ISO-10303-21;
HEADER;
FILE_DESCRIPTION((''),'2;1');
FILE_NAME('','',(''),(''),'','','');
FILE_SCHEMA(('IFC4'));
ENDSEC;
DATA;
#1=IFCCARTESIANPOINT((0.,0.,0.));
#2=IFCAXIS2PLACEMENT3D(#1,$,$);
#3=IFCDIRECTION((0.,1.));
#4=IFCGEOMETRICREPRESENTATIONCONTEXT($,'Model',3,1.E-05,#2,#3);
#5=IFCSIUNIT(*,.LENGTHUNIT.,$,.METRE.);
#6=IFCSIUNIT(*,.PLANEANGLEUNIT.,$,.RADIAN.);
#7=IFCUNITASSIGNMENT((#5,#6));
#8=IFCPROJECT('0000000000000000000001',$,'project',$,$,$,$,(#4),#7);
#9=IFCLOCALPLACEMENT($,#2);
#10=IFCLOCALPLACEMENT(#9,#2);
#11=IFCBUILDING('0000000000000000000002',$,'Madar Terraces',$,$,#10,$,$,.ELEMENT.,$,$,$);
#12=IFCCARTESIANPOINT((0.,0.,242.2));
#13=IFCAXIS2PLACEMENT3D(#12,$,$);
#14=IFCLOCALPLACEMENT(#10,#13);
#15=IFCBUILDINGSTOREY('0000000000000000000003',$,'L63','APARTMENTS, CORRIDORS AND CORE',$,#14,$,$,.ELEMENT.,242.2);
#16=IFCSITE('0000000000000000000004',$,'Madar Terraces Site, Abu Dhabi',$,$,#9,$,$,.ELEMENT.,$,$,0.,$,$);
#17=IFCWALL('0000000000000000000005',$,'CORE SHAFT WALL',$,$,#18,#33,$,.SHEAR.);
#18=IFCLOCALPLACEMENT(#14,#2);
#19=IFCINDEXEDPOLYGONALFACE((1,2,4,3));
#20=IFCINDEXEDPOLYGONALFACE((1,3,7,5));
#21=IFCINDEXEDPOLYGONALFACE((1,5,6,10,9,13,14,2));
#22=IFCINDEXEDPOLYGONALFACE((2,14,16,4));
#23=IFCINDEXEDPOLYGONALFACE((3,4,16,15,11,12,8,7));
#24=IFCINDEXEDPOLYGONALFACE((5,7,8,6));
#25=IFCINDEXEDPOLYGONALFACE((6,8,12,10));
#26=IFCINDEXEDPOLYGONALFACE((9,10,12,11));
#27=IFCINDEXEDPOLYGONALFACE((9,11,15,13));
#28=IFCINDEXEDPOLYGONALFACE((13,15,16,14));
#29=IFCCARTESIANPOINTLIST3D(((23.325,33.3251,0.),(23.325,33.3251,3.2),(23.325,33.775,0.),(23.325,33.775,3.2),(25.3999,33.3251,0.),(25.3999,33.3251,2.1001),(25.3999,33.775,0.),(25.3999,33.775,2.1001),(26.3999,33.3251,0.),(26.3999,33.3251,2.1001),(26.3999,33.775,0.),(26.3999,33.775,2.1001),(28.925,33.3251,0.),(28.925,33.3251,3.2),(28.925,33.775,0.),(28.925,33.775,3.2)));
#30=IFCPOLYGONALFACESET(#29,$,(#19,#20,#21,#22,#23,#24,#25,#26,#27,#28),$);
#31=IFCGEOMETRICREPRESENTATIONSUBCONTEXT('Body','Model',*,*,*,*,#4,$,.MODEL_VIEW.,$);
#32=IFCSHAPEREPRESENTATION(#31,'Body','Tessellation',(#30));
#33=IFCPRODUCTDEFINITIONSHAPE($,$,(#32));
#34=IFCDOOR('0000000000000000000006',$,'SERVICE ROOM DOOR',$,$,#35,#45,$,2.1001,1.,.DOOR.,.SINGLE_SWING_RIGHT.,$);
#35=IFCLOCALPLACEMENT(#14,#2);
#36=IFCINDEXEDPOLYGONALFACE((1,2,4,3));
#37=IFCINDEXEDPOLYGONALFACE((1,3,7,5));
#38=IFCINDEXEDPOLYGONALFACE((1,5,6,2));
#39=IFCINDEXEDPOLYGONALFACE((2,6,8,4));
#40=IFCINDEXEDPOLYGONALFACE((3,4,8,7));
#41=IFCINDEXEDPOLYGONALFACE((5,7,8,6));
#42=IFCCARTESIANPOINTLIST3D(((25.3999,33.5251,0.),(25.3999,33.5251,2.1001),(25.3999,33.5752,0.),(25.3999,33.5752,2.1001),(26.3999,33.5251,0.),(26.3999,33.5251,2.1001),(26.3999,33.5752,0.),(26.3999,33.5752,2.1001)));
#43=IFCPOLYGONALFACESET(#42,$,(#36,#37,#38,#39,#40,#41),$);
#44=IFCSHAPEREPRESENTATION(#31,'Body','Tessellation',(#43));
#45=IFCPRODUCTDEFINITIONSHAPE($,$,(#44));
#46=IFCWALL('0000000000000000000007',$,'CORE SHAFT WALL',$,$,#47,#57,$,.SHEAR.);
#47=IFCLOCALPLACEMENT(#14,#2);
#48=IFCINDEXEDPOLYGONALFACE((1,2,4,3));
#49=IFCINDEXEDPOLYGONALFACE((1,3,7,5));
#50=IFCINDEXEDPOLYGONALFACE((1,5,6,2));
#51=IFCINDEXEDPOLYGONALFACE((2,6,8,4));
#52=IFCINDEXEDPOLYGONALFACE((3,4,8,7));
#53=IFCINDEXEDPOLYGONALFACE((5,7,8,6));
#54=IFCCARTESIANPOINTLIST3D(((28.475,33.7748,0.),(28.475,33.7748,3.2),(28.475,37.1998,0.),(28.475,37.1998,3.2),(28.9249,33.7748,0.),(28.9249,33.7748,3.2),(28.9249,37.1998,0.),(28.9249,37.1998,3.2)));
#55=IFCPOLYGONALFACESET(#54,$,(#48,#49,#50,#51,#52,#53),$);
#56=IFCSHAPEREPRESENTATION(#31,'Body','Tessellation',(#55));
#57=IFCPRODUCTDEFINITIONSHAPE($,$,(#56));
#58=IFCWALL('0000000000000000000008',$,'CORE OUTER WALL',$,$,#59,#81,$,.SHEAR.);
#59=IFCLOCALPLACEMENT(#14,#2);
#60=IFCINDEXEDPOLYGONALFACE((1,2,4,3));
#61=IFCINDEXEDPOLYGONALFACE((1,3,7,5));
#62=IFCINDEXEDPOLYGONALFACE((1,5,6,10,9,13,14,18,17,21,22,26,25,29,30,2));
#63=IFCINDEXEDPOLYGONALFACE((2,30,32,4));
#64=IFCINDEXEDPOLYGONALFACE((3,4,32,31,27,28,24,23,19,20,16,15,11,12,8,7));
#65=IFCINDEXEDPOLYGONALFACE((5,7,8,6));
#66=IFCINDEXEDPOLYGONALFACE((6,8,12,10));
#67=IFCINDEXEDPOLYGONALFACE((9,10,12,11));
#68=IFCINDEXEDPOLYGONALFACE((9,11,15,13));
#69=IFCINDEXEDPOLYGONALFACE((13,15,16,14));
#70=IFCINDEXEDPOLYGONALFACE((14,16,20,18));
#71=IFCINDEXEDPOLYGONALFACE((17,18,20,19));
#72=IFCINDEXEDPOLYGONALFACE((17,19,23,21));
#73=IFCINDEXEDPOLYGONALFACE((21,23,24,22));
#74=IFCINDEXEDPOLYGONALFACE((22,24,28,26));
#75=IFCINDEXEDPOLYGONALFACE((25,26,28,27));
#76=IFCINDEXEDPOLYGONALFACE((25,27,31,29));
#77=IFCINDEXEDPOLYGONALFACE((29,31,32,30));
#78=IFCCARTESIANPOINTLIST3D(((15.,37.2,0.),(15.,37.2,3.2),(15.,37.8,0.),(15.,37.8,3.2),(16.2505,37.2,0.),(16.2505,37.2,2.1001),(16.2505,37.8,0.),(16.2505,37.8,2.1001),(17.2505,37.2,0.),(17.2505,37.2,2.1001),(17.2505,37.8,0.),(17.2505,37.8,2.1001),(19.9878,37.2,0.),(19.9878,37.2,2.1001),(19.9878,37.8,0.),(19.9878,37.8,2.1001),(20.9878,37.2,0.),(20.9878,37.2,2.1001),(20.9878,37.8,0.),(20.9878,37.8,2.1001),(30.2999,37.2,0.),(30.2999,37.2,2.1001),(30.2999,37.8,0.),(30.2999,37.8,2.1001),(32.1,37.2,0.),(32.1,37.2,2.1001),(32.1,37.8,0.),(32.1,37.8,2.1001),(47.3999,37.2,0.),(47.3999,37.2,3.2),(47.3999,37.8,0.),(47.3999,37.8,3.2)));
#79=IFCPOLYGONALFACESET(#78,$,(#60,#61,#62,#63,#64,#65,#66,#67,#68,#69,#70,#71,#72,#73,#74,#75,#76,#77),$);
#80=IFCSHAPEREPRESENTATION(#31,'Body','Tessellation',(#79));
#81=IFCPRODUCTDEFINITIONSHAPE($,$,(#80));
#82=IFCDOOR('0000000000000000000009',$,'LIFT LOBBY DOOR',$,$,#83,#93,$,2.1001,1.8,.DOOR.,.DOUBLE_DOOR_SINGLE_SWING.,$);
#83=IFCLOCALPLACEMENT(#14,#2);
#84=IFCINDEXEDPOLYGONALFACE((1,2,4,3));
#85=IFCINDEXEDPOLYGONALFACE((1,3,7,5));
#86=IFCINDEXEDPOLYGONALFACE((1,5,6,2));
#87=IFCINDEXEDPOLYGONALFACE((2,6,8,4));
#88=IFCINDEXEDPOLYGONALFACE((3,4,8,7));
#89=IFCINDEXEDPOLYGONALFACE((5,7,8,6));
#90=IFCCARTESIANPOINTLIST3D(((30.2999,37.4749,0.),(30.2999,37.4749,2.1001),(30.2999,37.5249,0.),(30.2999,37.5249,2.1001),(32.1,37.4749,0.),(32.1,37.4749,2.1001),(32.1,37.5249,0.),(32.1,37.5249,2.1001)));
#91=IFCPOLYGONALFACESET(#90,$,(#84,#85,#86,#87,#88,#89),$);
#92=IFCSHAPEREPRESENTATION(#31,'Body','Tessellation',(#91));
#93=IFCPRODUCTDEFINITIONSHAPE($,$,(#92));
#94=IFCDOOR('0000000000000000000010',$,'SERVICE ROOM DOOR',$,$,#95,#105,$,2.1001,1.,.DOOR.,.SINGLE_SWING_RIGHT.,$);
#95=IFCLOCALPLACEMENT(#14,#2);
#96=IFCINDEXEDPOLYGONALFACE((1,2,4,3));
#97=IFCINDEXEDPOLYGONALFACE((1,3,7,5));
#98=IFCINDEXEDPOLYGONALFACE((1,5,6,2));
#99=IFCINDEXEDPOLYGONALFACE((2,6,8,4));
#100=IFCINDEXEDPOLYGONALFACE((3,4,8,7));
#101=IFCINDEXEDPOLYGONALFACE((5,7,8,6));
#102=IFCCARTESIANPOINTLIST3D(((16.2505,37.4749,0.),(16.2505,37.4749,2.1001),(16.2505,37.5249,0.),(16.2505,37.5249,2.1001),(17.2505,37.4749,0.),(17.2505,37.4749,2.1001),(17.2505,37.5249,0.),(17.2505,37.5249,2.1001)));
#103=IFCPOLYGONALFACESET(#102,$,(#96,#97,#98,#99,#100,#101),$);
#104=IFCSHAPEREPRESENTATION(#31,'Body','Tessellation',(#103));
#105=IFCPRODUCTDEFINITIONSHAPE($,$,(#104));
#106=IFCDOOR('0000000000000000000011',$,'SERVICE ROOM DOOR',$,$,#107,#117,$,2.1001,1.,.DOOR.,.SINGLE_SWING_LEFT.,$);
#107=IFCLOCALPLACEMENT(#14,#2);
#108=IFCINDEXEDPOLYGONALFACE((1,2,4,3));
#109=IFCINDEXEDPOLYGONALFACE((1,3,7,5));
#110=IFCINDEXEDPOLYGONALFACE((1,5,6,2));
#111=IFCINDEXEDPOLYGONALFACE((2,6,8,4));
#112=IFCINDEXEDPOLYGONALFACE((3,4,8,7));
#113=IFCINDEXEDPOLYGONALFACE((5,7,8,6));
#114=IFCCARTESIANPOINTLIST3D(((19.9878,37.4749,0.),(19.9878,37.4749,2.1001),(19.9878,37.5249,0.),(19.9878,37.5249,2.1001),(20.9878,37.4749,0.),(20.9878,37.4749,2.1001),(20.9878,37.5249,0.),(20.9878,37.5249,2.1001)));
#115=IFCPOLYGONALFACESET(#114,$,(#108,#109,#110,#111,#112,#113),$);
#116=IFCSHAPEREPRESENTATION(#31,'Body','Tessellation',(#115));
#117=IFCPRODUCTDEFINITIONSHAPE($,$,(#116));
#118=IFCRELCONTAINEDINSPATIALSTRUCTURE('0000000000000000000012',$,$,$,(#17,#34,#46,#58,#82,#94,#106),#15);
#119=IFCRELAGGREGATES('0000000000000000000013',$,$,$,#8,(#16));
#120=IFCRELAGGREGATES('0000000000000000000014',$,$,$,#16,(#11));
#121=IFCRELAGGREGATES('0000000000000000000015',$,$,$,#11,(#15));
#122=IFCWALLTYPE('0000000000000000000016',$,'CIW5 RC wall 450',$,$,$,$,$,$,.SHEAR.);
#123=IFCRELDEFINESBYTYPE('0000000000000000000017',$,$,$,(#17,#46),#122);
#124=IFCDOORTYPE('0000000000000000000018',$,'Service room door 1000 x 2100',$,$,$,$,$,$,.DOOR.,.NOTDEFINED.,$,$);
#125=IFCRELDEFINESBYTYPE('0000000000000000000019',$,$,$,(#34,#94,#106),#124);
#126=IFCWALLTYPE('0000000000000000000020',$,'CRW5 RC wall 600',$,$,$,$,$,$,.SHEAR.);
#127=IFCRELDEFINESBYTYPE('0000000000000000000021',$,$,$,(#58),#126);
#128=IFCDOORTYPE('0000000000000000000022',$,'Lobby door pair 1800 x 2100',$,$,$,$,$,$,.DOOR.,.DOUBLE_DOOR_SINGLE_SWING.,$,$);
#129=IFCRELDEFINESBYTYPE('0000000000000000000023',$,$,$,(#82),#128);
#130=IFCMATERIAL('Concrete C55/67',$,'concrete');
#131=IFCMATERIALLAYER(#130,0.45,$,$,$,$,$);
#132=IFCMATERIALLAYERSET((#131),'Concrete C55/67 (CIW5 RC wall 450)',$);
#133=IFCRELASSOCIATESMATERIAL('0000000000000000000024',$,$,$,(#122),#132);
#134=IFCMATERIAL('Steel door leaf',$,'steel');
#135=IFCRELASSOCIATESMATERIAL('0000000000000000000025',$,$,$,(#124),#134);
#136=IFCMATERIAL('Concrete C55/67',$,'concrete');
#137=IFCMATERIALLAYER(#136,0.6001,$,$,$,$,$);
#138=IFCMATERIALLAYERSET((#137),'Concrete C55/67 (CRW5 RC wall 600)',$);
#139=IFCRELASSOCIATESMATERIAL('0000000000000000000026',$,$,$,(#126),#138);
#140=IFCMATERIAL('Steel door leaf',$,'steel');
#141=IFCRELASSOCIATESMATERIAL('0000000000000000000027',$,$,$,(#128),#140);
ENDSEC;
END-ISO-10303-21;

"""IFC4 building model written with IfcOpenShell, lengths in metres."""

from ifc_helpers import new_model, si_unit, direction, frame, frame_2d, origin, place, context, subcontext, project, spatial, rectangle, extrude, material, layer, layer_set, type_object, element, fill, save


model = new_model("IFC4")

# Units and contexts
model_context = context("Model", 3, precision=1e-05, world=origin(), true_north=direction((0.0, 1.0)))
body_context = subcontext(model_context, "Body", "Model", "MODEL_VIEW")
ifc_project = project(units=[si_unit("LENGTHUNIT", "METRE"), si_unit("PLANEANGLEUNIT", "RADIAN")], contexts=[model_context])

# Site, building, storey
site_placement = place(None, origin())
site = spatial("IfcSite", under=ifc_project, at=site_placement, Name="Madar Terraces Site, Abu Dhabi", CompositionType="ELEMENT", RefElevation=0.0)
building_placement = place(site_placement, origin())
building = spatial("IfcBuilding", under=site, at=building_placement, Name="Madar Terraces", CompositionType="ELEMENT")
storey_placement = place(building_placement, frame((0.0, 0.0, 242.2)))
storey = spatial("IfcBuildingStorey", under=building, at=storey_placement, Name="L63", Description="APARTMENTS, CORRIDORS AND CORE", CompositionType="ELEMENT", Elevation=242.2)

# Wall, opening, door
ifc_material_1 = material(Name="Concrete C55/67", Category="concrete")
ifc_layer_1 = layer(ifc_material_1, 0.45)
ifc_layer_set_1 = layer_set([ifc_layer_1], Name="Concrete C55/67 (CIW5 RC wall 450)")
wall_type_1 = type_object("IfcWallType", Name="CIW5 RC wall 450", PredefinedType="SHEAR", material=ifc_layer_set_1)
wall_1_placement = place(storey_placement, frame((23.325, 33.55, 0.0), z_axis=(0.0, 0.0, 1.0), x_axis=(1.0, 0.0, 0.0)))
wall_1 = element("IfcWall", 1, at=wall_1_placement, inside=storey, type_object=wall_type_1, Name="CORE SHAFT WALL", PredefinedType="SHEAR", context=body_context, shape_type="SweptSolid", body=[
    extrude(rectangle(XDim=5.6001, YDim=0.45, at=frame_2d((2.8, 0.0))), origin(), (0.0, 0.0, 1.0), 3.2),
])
opening_1_placement = place(wall_1_placement, frame((2.075, 0.0, 0.0)))
opening_1 = element("IfcOpeningElement", 2, at=opening_1_placement, cuts=wall_1, PredefinedType="OPENING", context=body_context, shape_type="SweptSolid", body=[
    extrude(rectangle(XDim=1.0, YDim=2.1001, at=frame_2d((0.5, 1.05))), frame((0.0, 0.2349, 0.0), z_axis=(0.0, -1.0, 0.0), x_axis=(1.0, 0.0, 0.0)), (0.0, 0.0, 1.0), 0.47),
])
ifc_material_2 = material(Name="Steel door leaf", Category="steel")
door_type_1 = type_object("IfcDoorType", Name="Service room door 1000 x 2100", OperationType="NOTDEFINED", PredefinedType="DOOR", material=ifc_material_2)
door_1_placement = place(opening_1_placement, frame((1.0, 0.0, 0.0), z_axis=(0.0, 0.0, 1.0), x_axis=(-1.0, 0.0, 0.0)))
door_1 = element("IfcDoor", 3, at=door_1_placement, inside=storey, type_object=door_type_1, Name="SERVICE ROOM DOOR", OperationType="SINGLE_SWING_RIGHT", OverallHeight=2.1001, OverallWidth=1.0, PredefinedType="DOOR", context=body_context, shape_type="SweptSolid", body=[
    extrude(rectangle(XDim=1.0, YDim=2.1001, at=frame_2d((0.5, 1.05))), frame((0.0, 0.0249, 0.0), z_axis=(0.0, -1.0, 0.0), x_axis=(1.0, 0.0, 0.0)), (0.0, 0.0, 1.0), 0.05),
])
fill(opening_1, door_1)

# Wall
wall_2_placement = place(storey_placement, frame((28.7, 33.7749, 0.0), z_axis=(0.0, 0.0, 1.0), x_axis=(0.0, 1.0, 0.0)))
element("IfcWall", 4, at=wall_2_placement, inside=storey, type_object=wall_type_1, Name="CORE SHAFT WALL", PredefinedType="SHEAR", context=body_context, shape_type="SweptSolid", body=[
    extrude(rectangle(XDim=3.425, YDim=0.45, at=frame_2d((1.7124, 0.0))), origin(), (0.0, 0.0, 1.0), 3.2),
])

# Wall, openings, doors
ifc_material_3 = material(Name="Concrete C55/67", Category="concrete")
ifc_layer_2 = layer(ifc_material_3, 0.6001)
ifc_layer_set_2 = layer_set([ifc_layer_2], Name="Concrete C55/67 (CRW5 RC wall 600)")
wall_type_2 = type_object("IfcWallType", Name="CRW5 RC wall 600", PredefinedType="SHEAR", material=ifc_layer_set_2)
wall_3_placement = place(storey_placement, frame((15.0, 37.5, 0.0), z_axis=(0.0, 0.0, 1.0), x_axis=(1.0, 0.0, 0.0)))
wall_3 = element("IfcWall", 5, at=wall_3_placement, inside=storey, type_object=wall_type_2, Name="CORE OUTER WALL", PredefinedType="SHEAR", context=body_context, shape_type="SweptSolid", body=[
    extrude(rectangle(XDim=32.3999, YDim=0.6001, at=frame_2d((16.2, 0.0))), origin(), (0.0, 0.0, 1.0), 3.2),
])
opening_2_placement = place(wall_3_placement, frame((15.3, 0.0, 0.0)))
opening_2 = element("IfcOpeningElement", 6, at=opening_2_placement, cuts=wall_3, PredefinedType="OPENING", context=body_context, shape_type="SweptSolid", body=[
    extrude(rectangle(XDim=1.8, YDim=2.1001, at=frame_2d((0.8999, 1.05))), frame((0.0, 0.3101, 0.0), z_axis=(0.0, -1.0, 0.0), x_axis=(1.0, 0.0, 0.0)), (0.0, 0.0, 1.0), 0.6201),
])
opening_3_placement = place(wall_3_placement, frame((1.2505, 0.0, 0.0)))
opening_3 = element("IfcOpeningElement", 7, at=opening_3_placement, cuts=wall_3, PredefinedType="OPENING", context=body_context, shape_type="SweptSolid", body=[
    extrude(rectangle(XDim=1.0, YDim=2.1001, at=frame_2d((0.5, 1.05))), frame((0.0, 0.3101, 0.0), z_axis=(0.0, -1.0, 0.0), x_axis=(1.0, 0.0, 0.0)), (0.0, 0.0, 1.0), 0.6201),
])
opening_4_placement = place(wall_3_placement, frame((4.9878, 0.0, 0.0)))
opening_4 = element("IfcOpeningElement", 8, at=opening_4_placement, cuts=wall_3, PredefinedType="OPENING", context=body_context, shape_type="SweptSolid", body=[
    extrude(rectangle(XDim=1.0, YDim=2.1001, at=frame_2d((0.5, 1.05))), frame((0.0, 0.3101, 0.0), z_axis=(0.0, -1.0, 0.0), x_axis=(1.0, 0.0, 0.0)), (0.0, 0.0, 1.0), 0.6201),
])
ifc_material_4 = material(Name="Steel door leaf", Category="steel")
door_type_2 = type_object("IfcDoorType", Name="Lobby door pair 1800 x 2100", OperationType="DOUBLE_DOOR_SINGLE_SWING", PredefinedType="DOOR", material=ifc_material_4)
door_2_placement = place(opening_2_placement, origin())
door_2 = element("IfcDoor", 9, at=door_2_placement, inside=storey, type_object=door_type_2, Name="LIFT LOBBY DOOR", OperationType="DOUBLE_DOOR_SINGLE_SWING", OverallHeight=2.1001, OverallWidth=1.8, PredefinedType="DOOR", context=body_context, shape_type="SweptSolid", body=[
    extrude(rectangle(XDim=1.8, YDim=2.1001, at=frame_2d((0.8999, 1.05))), frame((0.0, 0.0249, 0.0), z_axis=(0.0, -1.0, 0.0), x_axis=(1.0, 0.0, 0.0)), (0.0, 0.0, 1.0), 0.05),
])
fill(opening_2, door_2)
door_3_placement = place(opening_3_placement, origin())
door_3 = element("IfcDoor", 10, at=door_3_placement, inside=storey, type_object=door_type_1, Name="SERVICE ROOM DOOR", OperationType="SINGLE_SWING_RIGHT", OverallHeight=2.1001, OverallWidth=1.0, PredefinedType="DOOR", context=body_context, shape_type="SweptSolid", body=[
    extrude(rectangle(XDim=1.0, YDim=2.1001, at=frame_2d((0.5, 1.05))), frame((0.0, 0.0249, 0.0), z_axis=(0.0, -1.0, 0.0), x_axis=(1.0, 0.0, 0.0)), (0.0, 0.0, 1.0), 0.05),
])
fill(opening_3, door_3)
door_4_placement = place(opening_4_placement, origin())
door_4 = element("IfcDoor", 11, at=door_4_placement, inside=storey, type_object=door_type_1, Name="SERVICE ROOM DOOR", OperationType="SINGLE_SWING_LEFT", OverallHeight=2.1001, OverallWidth=1.0, PredefinedType="DOOR", context=body_context, shape_type="SweptSolid", body=[
    extrude(rectangle(XDim=1.0, YDim=2.1001, at=frame_2d((0.5, 1.05))), frame((0.0, 0.0249, 0.0), z_axis=(0.0, -1.0, 0.0), x_axis=(1.0, 0.0, 0.0)), (0.0, 0.0, 1.0), 0.05),
])
fill(opening_4, door_4)

save(model, "model.ifc")
